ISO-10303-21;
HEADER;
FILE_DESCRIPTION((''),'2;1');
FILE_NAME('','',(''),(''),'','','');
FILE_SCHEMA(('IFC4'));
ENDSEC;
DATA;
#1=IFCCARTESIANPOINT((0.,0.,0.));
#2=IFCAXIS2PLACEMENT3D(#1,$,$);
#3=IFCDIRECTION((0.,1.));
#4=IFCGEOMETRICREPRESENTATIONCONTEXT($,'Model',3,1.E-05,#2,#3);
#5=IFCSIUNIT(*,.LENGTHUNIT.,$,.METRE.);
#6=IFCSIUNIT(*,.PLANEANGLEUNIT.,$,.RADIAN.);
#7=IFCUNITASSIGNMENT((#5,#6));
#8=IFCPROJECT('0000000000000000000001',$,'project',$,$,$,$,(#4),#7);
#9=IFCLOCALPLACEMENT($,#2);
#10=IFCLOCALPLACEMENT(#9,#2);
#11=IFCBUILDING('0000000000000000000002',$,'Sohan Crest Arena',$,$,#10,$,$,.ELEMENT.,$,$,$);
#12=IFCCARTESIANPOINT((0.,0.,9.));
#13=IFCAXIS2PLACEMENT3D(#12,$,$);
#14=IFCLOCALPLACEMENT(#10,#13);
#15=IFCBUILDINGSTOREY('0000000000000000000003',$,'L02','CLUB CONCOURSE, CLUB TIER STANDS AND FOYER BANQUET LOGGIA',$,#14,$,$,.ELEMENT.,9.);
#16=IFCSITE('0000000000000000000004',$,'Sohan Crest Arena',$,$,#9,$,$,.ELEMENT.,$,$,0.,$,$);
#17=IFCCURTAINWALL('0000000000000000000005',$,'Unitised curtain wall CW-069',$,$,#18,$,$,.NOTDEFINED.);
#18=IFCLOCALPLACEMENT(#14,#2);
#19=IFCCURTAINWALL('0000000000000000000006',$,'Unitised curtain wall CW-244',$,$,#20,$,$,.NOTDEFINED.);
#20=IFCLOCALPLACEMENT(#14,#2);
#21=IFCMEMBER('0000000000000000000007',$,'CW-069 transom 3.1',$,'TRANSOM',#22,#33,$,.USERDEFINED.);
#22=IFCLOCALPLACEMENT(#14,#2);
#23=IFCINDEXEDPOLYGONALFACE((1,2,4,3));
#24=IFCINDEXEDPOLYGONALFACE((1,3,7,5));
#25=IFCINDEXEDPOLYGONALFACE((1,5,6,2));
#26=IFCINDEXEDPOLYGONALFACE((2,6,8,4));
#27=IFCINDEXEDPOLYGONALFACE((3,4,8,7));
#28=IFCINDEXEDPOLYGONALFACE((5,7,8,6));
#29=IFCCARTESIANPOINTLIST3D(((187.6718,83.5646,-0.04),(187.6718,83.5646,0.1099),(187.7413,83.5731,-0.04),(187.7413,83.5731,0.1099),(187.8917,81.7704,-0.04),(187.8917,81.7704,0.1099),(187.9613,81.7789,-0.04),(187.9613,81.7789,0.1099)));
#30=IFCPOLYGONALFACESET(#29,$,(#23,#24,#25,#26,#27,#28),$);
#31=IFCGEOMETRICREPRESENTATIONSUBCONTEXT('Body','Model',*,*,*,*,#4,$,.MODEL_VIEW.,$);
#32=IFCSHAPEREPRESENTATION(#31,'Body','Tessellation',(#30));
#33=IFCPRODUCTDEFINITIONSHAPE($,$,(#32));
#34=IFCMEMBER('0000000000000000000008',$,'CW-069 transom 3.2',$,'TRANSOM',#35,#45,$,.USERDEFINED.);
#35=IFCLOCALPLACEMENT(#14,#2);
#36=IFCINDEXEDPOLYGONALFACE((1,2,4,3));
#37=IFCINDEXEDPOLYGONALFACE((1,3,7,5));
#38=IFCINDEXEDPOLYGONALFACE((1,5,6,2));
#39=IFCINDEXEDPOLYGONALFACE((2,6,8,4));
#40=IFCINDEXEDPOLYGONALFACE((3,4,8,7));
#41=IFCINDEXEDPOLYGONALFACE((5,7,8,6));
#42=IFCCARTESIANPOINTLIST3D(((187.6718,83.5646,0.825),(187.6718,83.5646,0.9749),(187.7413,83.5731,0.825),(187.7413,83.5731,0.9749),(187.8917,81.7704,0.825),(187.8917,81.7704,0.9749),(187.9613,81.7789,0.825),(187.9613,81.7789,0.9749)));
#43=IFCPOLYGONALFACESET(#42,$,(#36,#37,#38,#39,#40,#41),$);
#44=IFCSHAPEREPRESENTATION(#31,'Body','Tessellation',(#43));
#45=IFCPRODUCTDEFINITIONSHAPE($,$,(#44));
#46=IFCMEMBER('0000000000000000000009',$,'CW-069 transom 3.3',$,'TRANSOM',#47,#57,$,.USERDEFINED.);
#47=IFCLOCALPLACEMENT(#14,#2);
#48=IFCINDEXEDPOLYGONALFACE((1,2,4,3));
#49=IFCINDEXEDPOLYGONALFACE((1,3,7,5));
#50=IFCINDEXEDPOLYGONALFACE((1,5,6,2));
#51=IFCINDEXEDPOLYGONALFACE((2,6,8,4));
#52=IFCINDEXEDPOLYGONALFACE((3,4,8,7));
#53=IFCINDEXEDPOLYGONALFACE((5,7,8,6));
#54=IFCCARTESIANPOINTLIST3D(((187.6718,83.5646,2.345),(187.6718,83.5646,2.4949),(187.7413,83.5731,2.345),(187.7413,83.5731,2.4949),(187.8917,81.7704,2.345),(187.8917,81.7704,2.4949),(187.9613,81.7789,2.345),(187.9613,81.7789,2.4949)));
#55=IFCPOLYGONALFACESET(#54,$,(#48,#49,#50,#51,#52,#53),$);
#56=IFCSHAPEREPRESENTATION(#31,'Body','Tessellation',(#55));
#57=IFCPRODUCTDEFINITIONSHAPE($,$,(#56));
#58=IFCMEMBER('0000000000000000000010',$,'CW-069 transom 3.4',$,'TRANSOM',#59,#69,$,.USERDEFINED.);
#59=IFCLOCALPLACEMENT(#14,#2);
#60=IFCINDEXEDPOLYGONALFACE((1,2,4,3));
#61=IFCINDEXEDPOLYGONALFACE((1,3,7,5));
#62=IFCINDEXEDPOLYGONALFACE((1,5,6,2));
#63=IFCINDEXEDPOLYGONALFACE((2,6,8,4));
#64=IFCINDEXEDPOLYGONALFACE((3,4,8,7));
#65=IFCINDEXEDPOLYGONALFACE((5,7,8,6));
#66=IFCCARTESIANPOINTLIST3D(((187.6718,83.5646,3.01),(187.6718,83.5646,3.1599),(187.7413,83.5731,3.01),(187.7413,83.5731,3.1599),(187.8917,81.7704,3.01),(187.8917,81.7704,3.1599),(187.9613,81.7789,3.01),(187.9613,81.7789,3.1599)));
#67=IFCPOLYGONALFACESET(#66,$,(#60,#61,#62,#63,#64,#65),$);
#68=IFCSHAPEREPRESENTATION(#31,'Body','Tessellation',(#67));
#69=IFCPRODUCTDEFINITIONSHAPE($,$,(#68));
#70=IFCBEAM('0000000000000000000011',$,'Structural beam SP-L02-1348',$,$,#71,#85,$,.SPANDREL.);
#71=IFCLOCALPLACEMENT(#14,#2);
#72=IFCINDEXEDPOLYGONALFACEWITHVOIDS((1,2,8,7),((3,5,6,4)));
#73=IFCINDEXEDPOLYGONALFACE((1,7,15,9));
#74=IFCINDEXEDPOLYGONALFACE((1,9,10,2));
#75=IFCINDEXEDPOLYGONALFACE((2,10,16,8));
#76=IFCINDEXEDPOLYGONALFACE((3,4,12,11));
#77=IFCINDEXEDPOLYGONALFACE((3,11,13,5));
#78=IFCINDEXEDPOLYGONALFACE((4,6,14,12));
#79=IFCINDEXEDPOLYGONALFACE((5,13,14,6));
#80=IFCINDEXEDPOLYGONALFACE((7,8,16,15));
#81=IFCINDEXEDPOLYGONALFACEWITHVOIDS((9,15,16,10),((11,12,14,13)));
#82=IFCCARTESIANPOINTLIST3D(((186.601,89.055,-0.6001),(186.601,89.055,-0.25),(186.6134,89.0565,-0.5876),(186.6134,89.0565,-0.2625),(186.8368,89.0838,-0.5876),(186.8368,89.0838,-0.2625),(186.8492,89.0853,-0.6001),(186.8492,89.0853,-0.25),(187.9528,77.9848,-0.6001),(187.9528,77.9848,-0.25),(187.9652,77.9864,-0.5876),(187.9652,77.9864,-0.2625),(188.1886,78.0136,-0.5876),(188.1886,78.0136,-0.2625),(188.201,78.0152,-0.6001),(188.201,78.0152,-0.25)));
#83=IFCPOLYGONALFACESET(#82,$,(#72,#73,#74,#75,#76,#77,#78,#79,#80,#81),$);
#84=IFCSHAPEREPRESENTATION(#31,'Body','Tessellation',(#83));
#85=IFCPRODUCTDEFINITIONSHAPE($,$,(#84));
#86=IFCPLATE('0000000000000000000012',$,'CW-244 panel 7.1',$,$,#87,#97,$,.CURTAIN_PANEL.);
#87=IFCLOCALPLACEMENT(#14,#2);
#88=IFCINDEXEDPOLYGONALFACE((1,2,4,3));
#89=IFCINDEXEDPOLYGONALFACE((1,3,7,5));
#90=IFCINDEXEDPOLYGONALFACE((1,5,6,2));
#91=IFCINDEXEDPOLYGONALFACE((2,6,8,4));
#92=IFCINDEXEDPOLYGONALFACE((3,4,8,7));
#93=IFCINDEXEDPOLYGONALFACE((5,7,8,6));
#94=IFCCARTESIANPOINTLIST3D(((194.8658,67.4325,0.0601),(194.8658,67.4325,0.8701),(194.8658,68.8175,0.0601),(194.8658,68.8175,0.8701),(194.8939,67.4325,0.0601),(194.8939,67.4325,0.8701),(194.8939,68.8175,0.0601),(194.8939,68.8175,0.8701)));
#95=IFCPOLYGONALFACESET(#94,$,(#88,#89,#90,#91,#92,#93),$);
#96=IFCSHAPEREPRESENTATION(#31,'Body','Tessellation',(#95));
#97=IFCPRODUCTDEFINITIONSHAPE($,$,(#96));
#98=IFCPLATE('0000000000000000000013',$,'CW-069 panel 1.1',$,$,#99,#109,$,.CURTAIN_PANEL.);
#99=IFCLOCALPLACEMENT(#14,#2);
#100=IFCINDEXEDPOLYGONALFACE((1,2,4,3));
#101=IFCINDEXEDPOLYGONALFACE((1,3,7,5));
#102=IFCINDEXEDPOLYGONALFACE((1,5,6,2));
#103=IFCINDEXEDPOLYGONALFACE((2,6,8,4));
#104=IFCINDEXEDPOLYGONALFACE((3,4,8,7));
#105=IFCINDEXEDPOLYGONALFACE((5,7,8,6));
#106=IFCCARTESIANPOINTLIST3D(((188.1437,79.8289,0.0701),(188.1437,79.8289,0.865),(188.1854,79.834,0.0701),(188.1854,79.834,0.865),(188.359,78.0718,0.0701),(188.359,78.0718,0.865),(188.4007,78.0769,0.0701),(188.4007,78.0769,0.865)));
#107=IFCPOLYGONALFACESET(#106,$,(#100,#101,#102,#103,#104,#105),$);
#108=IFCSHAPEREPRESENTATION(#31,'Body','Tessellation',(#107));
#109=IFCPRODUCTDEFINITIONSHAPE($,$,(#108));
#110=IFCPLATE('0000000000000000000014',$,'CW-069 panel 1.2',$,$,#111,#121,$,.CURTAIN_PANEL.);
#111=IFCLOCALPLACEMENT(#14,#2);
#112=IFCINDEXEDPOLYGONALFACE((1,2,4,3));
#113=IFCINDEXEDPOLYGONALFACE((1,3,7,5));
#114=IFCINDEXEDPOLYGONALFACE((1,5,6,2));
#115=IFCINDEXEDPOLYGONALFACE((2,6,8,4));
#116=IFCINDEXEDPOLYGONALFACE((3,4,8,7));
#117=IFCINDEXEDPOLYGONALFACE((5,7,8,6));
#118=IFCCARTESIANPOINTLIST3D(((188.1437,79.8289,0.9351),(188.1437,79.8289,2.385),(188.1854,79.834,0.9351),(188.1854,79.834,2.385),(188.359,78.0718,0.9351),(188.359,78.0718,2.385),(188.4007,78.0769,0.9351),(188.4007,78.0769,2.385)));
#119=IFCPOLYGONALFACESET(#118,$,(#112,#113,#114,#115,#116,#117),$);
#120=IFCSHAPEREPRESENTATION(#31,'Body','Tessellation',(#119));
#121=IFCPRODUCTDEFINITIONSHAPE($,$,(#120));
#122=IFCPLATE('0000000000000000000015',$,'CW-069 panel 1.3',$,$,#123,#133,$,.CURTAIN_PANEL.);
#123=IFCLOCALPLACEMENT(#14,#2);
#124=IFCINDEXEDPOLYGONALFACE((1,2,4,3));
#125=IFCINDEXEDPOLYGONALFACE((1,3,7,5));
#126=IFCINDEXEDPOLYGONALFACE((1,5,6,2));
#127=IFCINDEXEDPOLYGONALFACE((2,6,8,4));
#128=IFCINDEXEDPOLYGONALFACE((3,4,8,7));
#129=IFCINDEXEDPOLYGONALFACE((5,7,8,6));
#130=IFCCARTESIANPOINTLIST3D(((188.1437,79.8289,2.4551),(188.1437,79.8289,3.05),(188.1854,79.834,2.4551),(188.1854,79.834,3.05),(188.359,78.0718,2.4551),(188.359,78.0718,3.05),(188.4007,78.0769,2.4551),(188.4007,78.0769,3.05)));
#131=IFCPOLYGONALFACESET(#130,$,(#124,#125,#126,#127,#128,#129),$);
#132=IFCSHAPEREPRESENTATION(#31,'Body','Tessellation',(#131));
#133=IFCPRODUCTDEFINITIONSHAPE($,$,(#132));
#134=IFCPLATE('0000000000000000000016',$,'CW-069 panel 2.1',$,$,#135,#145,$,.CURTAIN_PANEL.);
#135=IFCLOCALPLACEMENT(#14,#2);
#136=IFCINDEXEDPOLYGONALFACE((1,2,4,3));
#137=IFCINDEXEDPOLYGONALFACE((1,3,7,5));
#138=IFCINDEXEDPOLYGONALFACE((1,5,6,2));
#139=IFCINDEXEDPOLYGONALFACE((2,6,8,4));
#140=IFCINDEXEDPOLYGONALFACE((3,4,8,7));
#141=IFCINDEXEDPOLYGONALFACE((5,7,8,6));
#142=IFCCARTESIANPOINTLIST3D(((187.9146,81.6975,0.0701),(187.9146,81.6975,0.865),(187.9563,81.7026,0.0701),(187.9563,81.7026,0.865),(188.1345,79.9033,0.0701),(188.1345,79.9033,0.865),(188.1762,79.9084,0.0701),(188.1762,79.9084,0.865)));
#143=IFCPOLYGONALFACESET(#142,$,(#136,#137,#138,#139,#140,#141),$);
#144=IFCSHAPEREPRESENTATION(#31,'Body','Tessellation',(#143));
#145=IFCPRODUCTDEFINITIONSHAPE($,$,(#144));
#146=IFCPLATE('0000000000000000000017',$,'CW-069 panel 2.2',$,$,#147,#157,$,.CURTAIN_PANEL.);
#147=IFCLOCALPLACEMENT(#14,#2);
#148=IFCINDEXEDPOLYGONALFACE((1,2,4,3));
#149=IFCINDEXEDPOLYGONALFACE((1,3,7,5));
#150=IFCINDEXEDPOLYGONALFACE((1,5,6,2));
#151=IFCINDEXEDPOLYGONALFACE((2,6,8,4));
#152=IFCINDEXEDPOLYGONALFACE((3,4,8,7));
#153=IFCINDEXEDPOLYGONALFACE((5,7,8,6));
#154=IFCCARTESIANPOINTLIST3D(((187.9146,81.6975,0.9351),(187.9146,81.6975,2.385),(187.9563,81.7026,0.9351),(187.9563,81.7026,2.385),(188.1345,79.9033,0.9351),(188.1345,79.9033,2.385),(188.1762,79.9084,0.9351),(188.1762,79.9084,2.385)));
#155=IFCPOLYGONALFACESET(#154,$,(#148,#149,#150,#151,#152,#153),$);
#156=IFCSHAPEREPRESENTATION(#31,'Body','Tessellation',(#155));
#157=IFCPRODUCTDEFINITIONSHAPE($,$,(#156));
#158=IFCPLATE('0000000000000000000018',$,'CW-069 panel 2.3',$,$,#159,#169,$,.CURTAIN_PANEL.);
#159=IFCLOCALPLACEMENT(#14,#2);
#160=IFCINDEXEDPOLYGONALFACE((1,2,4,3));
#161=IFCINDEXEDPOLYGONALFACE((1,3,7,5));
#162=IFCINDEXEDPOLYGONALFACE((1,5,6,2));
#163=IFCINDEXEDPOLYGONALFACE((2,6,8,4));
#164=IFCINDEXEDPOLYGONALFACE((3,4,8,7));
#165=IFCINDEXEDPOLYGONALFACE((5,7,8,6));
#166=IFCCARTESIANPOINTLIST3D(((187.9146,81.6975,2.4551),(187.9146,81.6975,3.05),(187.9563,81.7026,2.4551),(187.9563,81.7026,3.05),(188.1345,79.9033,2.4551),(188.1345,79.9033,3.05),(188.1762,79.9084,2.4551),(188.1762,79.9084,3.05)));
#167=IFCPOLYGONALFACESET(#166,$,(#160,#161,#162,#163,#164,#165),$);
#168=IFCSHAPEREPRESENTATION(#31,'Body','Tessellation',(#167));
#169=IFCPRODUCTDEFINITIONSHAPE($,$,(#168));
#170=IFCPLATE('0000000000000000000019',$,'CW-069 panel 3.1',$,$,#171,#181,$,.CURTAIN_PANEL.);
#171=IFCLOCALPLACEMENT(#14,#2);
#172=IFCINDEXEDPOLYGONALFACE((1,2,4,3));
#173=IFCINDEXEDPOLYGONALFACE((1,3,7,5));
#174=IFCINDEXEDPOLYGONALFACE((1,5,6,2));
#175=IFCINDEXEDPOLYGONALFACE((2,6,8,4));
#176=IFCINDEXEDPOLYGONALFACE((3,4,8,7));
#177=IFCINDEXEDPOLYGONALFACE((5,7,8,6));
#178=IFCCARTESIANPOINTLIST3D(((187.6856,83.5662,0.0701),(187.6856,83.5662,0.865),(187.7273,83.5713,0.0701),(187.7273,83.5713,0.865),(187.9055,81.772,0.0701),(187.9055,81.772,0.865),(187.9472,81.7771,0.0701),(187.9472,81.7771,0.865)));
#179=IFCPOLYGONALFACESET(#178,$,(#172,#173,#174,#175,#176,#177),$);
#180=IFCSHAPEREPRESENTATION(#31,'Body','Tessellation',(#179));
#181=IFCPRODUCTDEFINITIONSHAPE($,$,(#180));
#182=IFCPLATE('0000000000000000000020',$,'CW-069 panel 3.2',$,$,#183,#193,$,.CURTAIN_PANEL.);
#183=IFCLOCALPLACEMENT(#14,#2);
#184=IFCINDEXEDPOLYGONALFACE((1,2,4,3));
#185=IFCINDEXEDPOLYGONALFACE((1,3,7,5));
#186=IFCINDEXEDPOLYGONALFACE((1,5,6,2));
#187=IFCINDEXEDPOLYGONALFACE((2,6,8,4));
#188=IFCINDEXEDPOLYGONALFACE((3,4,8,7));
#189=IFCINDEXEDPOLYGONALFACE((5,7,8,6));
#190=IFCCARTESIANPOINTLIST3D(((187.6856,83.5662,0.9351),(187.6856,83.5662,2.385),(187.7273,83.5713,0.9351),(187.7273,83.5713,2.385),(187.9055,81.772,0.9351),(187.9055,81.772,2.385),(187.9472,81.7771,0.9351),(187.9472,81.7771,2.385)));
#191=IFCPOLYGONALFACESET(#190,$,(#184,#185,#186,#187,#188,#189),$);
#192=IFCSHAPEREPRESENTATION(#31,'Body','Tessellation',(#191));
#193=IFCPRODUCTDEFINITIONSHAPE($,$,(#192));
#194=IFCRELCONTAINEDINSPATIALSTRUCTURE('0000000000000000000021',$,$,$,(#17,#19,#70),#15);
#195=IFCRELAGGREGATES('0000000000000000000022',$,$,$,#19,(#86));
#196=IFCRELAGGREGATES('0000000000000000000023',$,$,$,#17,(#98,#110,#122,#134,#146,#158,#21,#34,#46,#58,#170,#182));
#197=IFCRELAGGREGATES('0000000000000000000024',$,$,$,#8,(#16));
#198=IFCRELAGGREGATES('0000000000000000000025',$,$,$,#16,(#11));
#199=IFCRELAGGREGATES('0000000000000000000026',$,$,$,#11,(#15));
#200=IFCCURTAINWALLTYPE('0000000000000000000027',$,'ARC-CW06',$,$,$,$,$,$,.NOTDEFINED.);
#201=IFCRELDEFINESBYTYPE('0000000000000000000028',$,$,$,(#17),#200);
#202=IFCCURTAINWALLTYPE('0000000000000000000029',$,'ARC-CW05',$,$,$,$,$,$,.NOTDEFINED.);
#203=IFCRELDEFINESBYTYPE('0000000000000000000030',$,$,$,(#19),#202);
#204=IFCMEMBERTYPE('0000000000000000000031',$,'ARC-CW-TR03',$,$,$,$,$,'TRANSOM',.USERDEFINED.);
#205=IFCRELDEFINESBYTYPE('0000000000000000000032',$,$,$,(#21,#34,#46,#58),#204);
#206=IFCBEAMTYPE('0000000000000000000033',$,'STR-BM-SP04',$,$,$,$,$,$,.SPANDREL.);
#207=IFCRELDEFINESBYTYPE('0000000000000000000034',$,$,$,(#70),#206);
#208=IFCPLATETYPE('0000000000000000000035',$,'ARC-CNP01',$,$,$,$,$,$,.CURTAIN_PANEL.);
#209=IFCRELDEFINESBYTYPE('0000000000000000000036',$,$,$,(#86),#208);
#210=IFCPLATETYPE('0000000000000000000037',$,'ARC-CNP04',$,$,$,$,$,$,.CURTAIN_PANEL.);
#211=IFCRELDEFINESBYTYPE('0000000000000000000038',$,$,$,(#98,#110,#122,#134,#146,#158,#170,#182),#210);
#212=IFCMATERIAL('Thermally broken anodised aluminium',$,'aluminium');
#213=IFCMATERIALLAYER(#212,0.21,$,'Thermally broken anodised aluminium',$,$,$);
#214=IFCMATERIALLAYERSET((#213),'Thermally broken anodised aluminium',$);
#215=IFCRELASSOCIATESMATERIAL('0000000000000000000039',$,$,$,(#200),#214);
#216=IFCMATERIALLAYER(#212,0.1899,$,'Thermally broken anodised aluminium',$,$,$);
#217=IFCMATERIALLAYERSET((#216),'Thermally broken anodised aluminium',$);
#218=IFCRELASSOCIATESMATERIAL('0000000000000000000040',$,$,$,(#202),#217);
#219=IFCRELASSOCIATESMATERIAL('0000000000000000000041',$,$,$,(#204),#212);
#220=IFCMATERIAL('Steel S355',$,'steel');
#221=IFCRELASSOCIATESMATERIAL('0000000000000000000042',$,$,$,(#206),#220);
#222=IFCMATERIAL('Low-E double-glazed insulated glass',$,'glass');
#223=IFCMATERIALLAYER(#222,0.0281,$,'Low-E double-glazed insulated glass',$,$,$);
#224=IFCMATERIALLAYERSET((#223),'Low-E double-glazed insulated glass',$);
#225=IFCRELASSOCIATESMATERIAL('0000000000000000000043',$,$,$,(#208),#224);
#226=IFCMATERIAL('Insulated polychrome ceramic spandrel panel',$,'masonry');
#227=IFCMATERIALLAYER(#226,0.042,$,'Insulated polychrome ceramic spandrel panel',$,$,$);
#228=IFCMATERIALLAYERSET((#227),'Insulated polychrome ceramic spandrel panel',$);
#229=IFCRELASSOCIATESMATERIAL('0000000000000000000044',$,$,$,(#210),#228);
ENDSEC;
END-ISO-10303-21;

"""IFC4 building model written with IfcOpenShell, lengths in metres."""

from ifc_helpers import new_model, si_unit, direction, frame, origin, origin_2d, place, context, subcontext, project, spatial, rectangle, hollow_rectangle, extrude, material, layer, layer_set, material_profile, profile_set, type_object, element, aggregate, save


model = new_model("IFC4")

# Units and contexts
model_context = context("Model", 3, precision=1e-05, world=origin(), true_north=direction((0.0, 1.0)))
body_context = subcontext(model_context, "Body", "Model", "MODEL_VIEW")
ifc_project = project(units=[si_unit("LENGTHUNIT", "METRE"), si_unit("PLANEANGLEUNIT", "RADIAN")], contexts=[model_context])

# Site, building, storey
site_placement = place(None, origin())
site = spatial("IfcSite", under=ifc_project, at=site_placement, Name="Sohan Crest Arena", CompositionType="ELEMENT", RefElevation=0.0)
building_placement = place(site_placement, origin())
building = spatial("IfcBuilding", under=site, at=building_placement, Name="Sohan Crest Arena", CompositionType="ELEMENT")
storey_placement = place(building_placement, frame((0.0, 0.0, 9.0)))
storey = spatial("IfcBuildingStorey", under=building, at=storey_placement, Name="L02", Description="CLUB CONCOURSE, CLUB TIER STANDS AND FOYER BANQUET LOGGIA", CompositionType="ELEMENT", Elevation=9.0)

# Shared definitions
ifc_material_1 = material(Name="Steel S355", Category="steel")

# Curtain wall
ifc_material_2 = material(Name="Thermally broken anodised aluminium", Category="aluminium")
ifc_layer_1 = layer(ifc_material_2, 0.21, Name="Thermally broken anodised aluminium")
ifc_layer_set_1 = layer_set([ifc_layer_1], Name="Thermally broken anodised aluminium")
curtain_wall_type_1 = type_object("IfcCurtainWallType", Name="ARC-CW06", PredefinedType="NOTDEFINED", material=ifc_layer_set_1)
curtain_wall_1_placement = place(storey_placement, origin())
curtain_wall_1 = element("IfcCurtainWall", 1, at=curtain_wall_1_placement, inside=storey, type_object=curtain_wall_type_1, Name="Unitised curtain wall CW-069", PredefinedType="NOTDEFINED")

# Curtain wall
ifc_layer_2 = layer(ifc_material_2, 0.1899, Name="Thermally broken anodised aluminium")
ifc_layer_set_2 = layer_set([ifc_layer_2], Name="Thermally broken anodised aluminium")
curtain_wall_type_2 = type_object("IfcCurtainWallType", Name="ARC-CW05", PredefinedType="NOTDEFINED", material=ifc_layer_set_2)
curtain_wall_2_placement = place(storey_placement, origin())
curtain_wall_2 = element("IfcCurtainWall", 2, at=curtain_wall_2_placement, inside=storey, type_object=curtain_wall_type_2, Name="Unitised curtain wall CW-244", PredefinedType="NOTDEFINED")

# Members
ifc_material_profile_1 = material_profile(ifc_material_2, rectangle(XDim=0.0701, YDim=0.1499, at=origin_2d()), Name="ALU-TRAN 70x150")
ifc_profile_set_1 = profile_set([ifc_material_profile_1], Name="Thermally broken anodised aluminium")
member_type_1 = type_object("IfcMemberType", Name="ARC-CW-TR03", ElementType="TRANSOM", PredefinedType="USERDEFINED", material=ifc_profile_set_1)
member_1_placement = place(storey_placement, frame((187.9265, 81.7747, 0.0349), z_axis=(-0.121691, 0.992568, 0.0), x_axis=(-0.992568, -0.121691, 0.0)))
member_1 = element("IfcMember", 3, at=member_1_placement, type_object=member_type_1, Name="CW-069 transom 3.1", ObjectType="TRANSOM", PredefinedType="USERDEFINED", context=body_context, shape_type="SweptSolid", body=[
    extrude(rectangle(XDim=0.0701, YDim=0.1499, at=origin_2d()), origin(), (0.0, 0.0, 1.0), 1.8076),
])
member_2_placement = place(storey_placement, frame((187.9265, 81.7747, 0.8999), z_axis=(-0.121691, 0.992568, 0.0), x_axis=(-0.992568, -0.121691, 0.0)))
member_2 = element("IfcMember", 4, at=member_2_placement, type_object=member_type_1, Name="CW-069 transom 3.2", ObjectType="TRANSOM", PredefinedType="USERDEFINED", context=body_context, shape_type="SweptSolid", body=[
    extrude(rectangle(XDim=0.0701, YDim=0.1499, at=origin_2d()), origin(), (0.0, 0.0, 1.0), 1.8076),
])
member_3_placement = place(storey_placement, frame((187.9265, 81.7747, 2.4199), z_axis=(-0.121691, 0.992568, 0.0), x_axis=(-0.992568, -0.121691, 0.0)))
member_3 = element("IfcMember", 5, at=member_3_placement, type_object=member_type_1, Name="CW-069 transom 3.3", ObjectType="TRANSOM", PredefinedType="USERDEFINED", context=body_context, shape_type="SweptSolid", body=[
    extrude(rectangle(XDim=0.0701, YDim=0.1499, at=origin_2d()), origin(), (0.0, 0.0, 1.0), 1.8076),
])
member_4_placement = place(storey_placement, frame((187.9265, 81.7747, 3.085), z_axis=(-0.121691, 0.992568, 0.0), x_axis=(-0.992568, -0.121691, 0.0)))
member_4 = element("IfcMember", 6, at=member_4_placement, type_object=member_type_1, Name="CW-069 transom 3.4", ObjectType="TRANSOM", PredefinedType="USERDEFINED", context=body_context, shape_type="SweptSolid", body=[
    extrude(rectangle(XDim=0.0701, YDim=0.1499, at=origin_2d()), origin(), (0.0, 0.0, 1.0), 1.8076),
])

# Beam
ifc_material_profile_2 = material_profile(ifc_material_1, hollow_rectangle(XDim=0.25, YDim=0.3501, WallThickness=0.0125, at=origin_2d()), Name="RHS 350x250x12.5")
ifc_profile_set_2 = profile_set([ifc_material_profile_2], Name="Steel S355")
beam_type = type_object("IfcBeamType", Name="STR-BM-SP04", PredefinedType="SPANDREL", material=ifc_profile_set_2)
beam_placement = place(storey_placement, frame((188.0769, 78.0, -0.425), z_axis=(-0.121213, 0.992626, 0.0), x_axis=(-0.992626, -0.121213, 0.0)))
element("IfcBeam", 7, at=beam_placement, inside=storey, type_object=beam_type, Name="Structural beam SP-L02-1348", PredefinedType="SPANDREL", context=body_context, shape_type="SweptSolid", body=[
    extrude(hollow_rectangle(XDim=0.25, YDim=0.3501, WallThickness=0.0125, at=origin_2d()), origin(), (0.0, 0.0, 1.0), 11.1523),
])

# Plates
ifc_material_3 = material(Name="Low-E double-glazed insulated glass", Category="glass")
ifc_layer_3 = layer(ifc_material_3, 0.0281, Name="Low-E double-glazed insulated glass")
ifc_layer_set_3 = layer_set([ifc_layer_3], Name="Low-E double-glazed insulated glass")
plate_type_1 = type_object("IfcPlateType", Name="ARC-CNP01", PredefinedType="CURTAIN_PANEL", material=ifc_layer_set_3)
plate_1_placement = place(storey_placement, frame((194.8799, 68.125, 0.0601), z_axis=(0.0, 0.0, 1.0), x_axis=(0.0, 1.0, 0.0)))
plate_1 = element("IfcPlate", 8, at=plate_1_placement, type_object=plate_type_1, Name="CW-244 panel 7.1", PredefinedType="CURTAIN_PANEL", context=body_context, shape_type="SweptSolid", body=[
    extrude(rectangle(XDim=1.385, YDim=0.0281, at=origin_2d()), origin(), (0.0, 0.0, 1.0), 0.8101),
])
aggregate(curtain_wall_2, [plate_1])
ifc_material_4 = material(Name="Insulated polychrome ceramic spandrel panel", Category="masonry")
ifc_layer_4 = layer(ifc_material_4, 0.042, Name="Insulated polychrome ceramic spandrel panel")
ifc_layer_set_4 = layer_set([ifc_layer_4], Name="Insulated polychrome ceramic spandrel panel")
plate_type_2 = type_object("IfcPlateType", Name="ARC-CNP04", PredefinedType="CURTAIN_PANEL", material=ifc_layer_set_4)
plate_2_placement = place(storey_placement, frame((188.2722, 78.9529, 0.0701), z_axis=(0.0, 0.0, 1.0), x_axis=(-0.121637, 0.992575, 0.0)))
plate_2 = element("IfcPlate", 9, at=plate_2_placement, type_object=plate_type_2, Name="CW-069 panel 1.1", PredefinedType="CURTAIN_PANEL", context=body_context, shape_type="SweptSolid", body=[
    extrude(rectangle(XDim=1.7703, YDim=0.042, at=origin_2d()), origin(), (0.0, 0.0, 1.0), 0.7949),
])
plate_3_placement = place(storey_placement, frame((188.2722, 78.9529, 0.9351), z_axis=(0.0, 0.0, 1.0), x_axis=(-0.121637, 0.992575, 0.0)))
plate_3 = element("IfcPlate", 10, at=plate_3_placement, type_object=plate_type_2, Name="CW-069 panel 1.2", PredefinedType="CURTAIN_PANEL", context=body_context, shape_type="SweptSolid", body=[
    extrude(rectangle(XDim=1.7703, YDim=0.042, at=origin_2d()), origin(), (0.0, 0.0, 1.0), 1.45),
])
plate_4_placement = place(storey_placement, frame((188.2722, 78.9529, 2.4551), z_axis=(0.0, 0.0, 1.0), x_axis=(-0.121637, 0.992575, 0.0)))
plate_4 = element("IfcPlate", 11, at=plate_4_placement, type_object=plate_type_2, Name="CW-069 panel 1.3", PredefinedType="CURTAIN_PANEL", context=body_context, shape_type="SweptSolid", body=[
    extrude(rectangle(XDim=1.7703, YDim=0.042, at=origin_2d()), origin(), (0.0, 0.0, 1.0), 0.595),
])
plate_5_placement = place(storey_placement, frame((188.0454, 80.803, 0.0701), z_axis=(0.0, 0.0, 1.0), x_axis=(-0.121637, 0.992575, 0.0)))
plate_5 = element("IfcPlate", 12, at=plate_5_placement, type_object=plate_type_2, Name="CW-069 panel 2.1", PredefinedType="CURTAIN_PANEL", context=body_context, shape_type="SweptSolid", body=[
    extrude(rectangle(XDim=1.8076, YDim=0.042, at=origin_2d()), origin(), (0.0, 0.0, 1.0), 0.7949),
])
plate_6_placement = place(storey_placement, frame((188.0454, 80.803, 0.9351), z_axis=(0.0, 0.0, 1.0), x_axis=(-0.121637, 0.992575, 0.0)))
plate_6 = element("IfcPlate", 13, at=plate_6_placement, type_object=plate_type_2, Name="CW-069 panel 2.2", PredefinedType="CURTAIN_PANEL", context=body_context, shape_type="SweptSolid", body=[
    extrude(rectangle(XDim=1.8076, YDim=0.042, at=origin_2d()), origin(), (0.0, 0.0, 1.0), 1.45),
])
plate_7_placement = place(storey_placement, frame((188.0454, 80.803, 2.4551), z_axis=(0.0, 0.0, 1.0), x_axis=(-0.121637, 0.992575, 0.0)))
plate_7 = element("IfcPlate", 14, at=plate_7_placement, type_object=plate_type_2, Name="CW-069 panel 2.3", PredefinedType="CURTAIN_PANEL", context=body_context, shape_type="SweptSolid", body=[
    extrude(rectangle(XDim=1.8076, YDim=0.042, at=origin_2d()), origin(), (0.0, 0.0, 1.0), 0.595),
])
plate_8_placement = place(storey_placement, frame((187.8164, 82.6716, 0.0701), z_axis=(0.0, 0.0, 1.0), x_axis=(-0.121637, 0.992575, 0.0)))
plate_8 = element("IfcPlate", 15, at=plate_8_placement, type_object=plate_type_2, Name="CW-069 panel 3.1", PredefinedType="CURTAIN_PANEL", context=body_context, shape_type="SweptSolid", body=[
    extrude(rectangle(XDim=1.8076, YDim=0.042, at=origin_2d()), origin(), (0.0, 0.0, 1.0), 0.7949),
])
plate_9_placement = place(storey_placement, frame((187.8164, 82.6716, 0.9351), z_axis=(0.0, 0.0, 1.0), x_axis=(-0.121637, 0.992575, 0.0)))
plate_9 = element("IfcPlate", 16, at=plate_9_placement, type_object=plate_type_2, Name="CW-069 panel 3.2", PredefinedType="CURTAIN_PANEL", context=body_context, shape_type="SweptSolid", body=[
    extrude(rectangle(XDim=1.8076, YDim=0.042, at=origin_2d()), origin(), (0.0, 0.0, 1.0), 1.45),
])
aggregate(curtain_wall_1, [plate_2, plate_3, plate_4, plate_5, plate_6, plate_7, member_1, member_2, member_3, member_4, plate_8, plate_9])

save(model, "model.ifc")
